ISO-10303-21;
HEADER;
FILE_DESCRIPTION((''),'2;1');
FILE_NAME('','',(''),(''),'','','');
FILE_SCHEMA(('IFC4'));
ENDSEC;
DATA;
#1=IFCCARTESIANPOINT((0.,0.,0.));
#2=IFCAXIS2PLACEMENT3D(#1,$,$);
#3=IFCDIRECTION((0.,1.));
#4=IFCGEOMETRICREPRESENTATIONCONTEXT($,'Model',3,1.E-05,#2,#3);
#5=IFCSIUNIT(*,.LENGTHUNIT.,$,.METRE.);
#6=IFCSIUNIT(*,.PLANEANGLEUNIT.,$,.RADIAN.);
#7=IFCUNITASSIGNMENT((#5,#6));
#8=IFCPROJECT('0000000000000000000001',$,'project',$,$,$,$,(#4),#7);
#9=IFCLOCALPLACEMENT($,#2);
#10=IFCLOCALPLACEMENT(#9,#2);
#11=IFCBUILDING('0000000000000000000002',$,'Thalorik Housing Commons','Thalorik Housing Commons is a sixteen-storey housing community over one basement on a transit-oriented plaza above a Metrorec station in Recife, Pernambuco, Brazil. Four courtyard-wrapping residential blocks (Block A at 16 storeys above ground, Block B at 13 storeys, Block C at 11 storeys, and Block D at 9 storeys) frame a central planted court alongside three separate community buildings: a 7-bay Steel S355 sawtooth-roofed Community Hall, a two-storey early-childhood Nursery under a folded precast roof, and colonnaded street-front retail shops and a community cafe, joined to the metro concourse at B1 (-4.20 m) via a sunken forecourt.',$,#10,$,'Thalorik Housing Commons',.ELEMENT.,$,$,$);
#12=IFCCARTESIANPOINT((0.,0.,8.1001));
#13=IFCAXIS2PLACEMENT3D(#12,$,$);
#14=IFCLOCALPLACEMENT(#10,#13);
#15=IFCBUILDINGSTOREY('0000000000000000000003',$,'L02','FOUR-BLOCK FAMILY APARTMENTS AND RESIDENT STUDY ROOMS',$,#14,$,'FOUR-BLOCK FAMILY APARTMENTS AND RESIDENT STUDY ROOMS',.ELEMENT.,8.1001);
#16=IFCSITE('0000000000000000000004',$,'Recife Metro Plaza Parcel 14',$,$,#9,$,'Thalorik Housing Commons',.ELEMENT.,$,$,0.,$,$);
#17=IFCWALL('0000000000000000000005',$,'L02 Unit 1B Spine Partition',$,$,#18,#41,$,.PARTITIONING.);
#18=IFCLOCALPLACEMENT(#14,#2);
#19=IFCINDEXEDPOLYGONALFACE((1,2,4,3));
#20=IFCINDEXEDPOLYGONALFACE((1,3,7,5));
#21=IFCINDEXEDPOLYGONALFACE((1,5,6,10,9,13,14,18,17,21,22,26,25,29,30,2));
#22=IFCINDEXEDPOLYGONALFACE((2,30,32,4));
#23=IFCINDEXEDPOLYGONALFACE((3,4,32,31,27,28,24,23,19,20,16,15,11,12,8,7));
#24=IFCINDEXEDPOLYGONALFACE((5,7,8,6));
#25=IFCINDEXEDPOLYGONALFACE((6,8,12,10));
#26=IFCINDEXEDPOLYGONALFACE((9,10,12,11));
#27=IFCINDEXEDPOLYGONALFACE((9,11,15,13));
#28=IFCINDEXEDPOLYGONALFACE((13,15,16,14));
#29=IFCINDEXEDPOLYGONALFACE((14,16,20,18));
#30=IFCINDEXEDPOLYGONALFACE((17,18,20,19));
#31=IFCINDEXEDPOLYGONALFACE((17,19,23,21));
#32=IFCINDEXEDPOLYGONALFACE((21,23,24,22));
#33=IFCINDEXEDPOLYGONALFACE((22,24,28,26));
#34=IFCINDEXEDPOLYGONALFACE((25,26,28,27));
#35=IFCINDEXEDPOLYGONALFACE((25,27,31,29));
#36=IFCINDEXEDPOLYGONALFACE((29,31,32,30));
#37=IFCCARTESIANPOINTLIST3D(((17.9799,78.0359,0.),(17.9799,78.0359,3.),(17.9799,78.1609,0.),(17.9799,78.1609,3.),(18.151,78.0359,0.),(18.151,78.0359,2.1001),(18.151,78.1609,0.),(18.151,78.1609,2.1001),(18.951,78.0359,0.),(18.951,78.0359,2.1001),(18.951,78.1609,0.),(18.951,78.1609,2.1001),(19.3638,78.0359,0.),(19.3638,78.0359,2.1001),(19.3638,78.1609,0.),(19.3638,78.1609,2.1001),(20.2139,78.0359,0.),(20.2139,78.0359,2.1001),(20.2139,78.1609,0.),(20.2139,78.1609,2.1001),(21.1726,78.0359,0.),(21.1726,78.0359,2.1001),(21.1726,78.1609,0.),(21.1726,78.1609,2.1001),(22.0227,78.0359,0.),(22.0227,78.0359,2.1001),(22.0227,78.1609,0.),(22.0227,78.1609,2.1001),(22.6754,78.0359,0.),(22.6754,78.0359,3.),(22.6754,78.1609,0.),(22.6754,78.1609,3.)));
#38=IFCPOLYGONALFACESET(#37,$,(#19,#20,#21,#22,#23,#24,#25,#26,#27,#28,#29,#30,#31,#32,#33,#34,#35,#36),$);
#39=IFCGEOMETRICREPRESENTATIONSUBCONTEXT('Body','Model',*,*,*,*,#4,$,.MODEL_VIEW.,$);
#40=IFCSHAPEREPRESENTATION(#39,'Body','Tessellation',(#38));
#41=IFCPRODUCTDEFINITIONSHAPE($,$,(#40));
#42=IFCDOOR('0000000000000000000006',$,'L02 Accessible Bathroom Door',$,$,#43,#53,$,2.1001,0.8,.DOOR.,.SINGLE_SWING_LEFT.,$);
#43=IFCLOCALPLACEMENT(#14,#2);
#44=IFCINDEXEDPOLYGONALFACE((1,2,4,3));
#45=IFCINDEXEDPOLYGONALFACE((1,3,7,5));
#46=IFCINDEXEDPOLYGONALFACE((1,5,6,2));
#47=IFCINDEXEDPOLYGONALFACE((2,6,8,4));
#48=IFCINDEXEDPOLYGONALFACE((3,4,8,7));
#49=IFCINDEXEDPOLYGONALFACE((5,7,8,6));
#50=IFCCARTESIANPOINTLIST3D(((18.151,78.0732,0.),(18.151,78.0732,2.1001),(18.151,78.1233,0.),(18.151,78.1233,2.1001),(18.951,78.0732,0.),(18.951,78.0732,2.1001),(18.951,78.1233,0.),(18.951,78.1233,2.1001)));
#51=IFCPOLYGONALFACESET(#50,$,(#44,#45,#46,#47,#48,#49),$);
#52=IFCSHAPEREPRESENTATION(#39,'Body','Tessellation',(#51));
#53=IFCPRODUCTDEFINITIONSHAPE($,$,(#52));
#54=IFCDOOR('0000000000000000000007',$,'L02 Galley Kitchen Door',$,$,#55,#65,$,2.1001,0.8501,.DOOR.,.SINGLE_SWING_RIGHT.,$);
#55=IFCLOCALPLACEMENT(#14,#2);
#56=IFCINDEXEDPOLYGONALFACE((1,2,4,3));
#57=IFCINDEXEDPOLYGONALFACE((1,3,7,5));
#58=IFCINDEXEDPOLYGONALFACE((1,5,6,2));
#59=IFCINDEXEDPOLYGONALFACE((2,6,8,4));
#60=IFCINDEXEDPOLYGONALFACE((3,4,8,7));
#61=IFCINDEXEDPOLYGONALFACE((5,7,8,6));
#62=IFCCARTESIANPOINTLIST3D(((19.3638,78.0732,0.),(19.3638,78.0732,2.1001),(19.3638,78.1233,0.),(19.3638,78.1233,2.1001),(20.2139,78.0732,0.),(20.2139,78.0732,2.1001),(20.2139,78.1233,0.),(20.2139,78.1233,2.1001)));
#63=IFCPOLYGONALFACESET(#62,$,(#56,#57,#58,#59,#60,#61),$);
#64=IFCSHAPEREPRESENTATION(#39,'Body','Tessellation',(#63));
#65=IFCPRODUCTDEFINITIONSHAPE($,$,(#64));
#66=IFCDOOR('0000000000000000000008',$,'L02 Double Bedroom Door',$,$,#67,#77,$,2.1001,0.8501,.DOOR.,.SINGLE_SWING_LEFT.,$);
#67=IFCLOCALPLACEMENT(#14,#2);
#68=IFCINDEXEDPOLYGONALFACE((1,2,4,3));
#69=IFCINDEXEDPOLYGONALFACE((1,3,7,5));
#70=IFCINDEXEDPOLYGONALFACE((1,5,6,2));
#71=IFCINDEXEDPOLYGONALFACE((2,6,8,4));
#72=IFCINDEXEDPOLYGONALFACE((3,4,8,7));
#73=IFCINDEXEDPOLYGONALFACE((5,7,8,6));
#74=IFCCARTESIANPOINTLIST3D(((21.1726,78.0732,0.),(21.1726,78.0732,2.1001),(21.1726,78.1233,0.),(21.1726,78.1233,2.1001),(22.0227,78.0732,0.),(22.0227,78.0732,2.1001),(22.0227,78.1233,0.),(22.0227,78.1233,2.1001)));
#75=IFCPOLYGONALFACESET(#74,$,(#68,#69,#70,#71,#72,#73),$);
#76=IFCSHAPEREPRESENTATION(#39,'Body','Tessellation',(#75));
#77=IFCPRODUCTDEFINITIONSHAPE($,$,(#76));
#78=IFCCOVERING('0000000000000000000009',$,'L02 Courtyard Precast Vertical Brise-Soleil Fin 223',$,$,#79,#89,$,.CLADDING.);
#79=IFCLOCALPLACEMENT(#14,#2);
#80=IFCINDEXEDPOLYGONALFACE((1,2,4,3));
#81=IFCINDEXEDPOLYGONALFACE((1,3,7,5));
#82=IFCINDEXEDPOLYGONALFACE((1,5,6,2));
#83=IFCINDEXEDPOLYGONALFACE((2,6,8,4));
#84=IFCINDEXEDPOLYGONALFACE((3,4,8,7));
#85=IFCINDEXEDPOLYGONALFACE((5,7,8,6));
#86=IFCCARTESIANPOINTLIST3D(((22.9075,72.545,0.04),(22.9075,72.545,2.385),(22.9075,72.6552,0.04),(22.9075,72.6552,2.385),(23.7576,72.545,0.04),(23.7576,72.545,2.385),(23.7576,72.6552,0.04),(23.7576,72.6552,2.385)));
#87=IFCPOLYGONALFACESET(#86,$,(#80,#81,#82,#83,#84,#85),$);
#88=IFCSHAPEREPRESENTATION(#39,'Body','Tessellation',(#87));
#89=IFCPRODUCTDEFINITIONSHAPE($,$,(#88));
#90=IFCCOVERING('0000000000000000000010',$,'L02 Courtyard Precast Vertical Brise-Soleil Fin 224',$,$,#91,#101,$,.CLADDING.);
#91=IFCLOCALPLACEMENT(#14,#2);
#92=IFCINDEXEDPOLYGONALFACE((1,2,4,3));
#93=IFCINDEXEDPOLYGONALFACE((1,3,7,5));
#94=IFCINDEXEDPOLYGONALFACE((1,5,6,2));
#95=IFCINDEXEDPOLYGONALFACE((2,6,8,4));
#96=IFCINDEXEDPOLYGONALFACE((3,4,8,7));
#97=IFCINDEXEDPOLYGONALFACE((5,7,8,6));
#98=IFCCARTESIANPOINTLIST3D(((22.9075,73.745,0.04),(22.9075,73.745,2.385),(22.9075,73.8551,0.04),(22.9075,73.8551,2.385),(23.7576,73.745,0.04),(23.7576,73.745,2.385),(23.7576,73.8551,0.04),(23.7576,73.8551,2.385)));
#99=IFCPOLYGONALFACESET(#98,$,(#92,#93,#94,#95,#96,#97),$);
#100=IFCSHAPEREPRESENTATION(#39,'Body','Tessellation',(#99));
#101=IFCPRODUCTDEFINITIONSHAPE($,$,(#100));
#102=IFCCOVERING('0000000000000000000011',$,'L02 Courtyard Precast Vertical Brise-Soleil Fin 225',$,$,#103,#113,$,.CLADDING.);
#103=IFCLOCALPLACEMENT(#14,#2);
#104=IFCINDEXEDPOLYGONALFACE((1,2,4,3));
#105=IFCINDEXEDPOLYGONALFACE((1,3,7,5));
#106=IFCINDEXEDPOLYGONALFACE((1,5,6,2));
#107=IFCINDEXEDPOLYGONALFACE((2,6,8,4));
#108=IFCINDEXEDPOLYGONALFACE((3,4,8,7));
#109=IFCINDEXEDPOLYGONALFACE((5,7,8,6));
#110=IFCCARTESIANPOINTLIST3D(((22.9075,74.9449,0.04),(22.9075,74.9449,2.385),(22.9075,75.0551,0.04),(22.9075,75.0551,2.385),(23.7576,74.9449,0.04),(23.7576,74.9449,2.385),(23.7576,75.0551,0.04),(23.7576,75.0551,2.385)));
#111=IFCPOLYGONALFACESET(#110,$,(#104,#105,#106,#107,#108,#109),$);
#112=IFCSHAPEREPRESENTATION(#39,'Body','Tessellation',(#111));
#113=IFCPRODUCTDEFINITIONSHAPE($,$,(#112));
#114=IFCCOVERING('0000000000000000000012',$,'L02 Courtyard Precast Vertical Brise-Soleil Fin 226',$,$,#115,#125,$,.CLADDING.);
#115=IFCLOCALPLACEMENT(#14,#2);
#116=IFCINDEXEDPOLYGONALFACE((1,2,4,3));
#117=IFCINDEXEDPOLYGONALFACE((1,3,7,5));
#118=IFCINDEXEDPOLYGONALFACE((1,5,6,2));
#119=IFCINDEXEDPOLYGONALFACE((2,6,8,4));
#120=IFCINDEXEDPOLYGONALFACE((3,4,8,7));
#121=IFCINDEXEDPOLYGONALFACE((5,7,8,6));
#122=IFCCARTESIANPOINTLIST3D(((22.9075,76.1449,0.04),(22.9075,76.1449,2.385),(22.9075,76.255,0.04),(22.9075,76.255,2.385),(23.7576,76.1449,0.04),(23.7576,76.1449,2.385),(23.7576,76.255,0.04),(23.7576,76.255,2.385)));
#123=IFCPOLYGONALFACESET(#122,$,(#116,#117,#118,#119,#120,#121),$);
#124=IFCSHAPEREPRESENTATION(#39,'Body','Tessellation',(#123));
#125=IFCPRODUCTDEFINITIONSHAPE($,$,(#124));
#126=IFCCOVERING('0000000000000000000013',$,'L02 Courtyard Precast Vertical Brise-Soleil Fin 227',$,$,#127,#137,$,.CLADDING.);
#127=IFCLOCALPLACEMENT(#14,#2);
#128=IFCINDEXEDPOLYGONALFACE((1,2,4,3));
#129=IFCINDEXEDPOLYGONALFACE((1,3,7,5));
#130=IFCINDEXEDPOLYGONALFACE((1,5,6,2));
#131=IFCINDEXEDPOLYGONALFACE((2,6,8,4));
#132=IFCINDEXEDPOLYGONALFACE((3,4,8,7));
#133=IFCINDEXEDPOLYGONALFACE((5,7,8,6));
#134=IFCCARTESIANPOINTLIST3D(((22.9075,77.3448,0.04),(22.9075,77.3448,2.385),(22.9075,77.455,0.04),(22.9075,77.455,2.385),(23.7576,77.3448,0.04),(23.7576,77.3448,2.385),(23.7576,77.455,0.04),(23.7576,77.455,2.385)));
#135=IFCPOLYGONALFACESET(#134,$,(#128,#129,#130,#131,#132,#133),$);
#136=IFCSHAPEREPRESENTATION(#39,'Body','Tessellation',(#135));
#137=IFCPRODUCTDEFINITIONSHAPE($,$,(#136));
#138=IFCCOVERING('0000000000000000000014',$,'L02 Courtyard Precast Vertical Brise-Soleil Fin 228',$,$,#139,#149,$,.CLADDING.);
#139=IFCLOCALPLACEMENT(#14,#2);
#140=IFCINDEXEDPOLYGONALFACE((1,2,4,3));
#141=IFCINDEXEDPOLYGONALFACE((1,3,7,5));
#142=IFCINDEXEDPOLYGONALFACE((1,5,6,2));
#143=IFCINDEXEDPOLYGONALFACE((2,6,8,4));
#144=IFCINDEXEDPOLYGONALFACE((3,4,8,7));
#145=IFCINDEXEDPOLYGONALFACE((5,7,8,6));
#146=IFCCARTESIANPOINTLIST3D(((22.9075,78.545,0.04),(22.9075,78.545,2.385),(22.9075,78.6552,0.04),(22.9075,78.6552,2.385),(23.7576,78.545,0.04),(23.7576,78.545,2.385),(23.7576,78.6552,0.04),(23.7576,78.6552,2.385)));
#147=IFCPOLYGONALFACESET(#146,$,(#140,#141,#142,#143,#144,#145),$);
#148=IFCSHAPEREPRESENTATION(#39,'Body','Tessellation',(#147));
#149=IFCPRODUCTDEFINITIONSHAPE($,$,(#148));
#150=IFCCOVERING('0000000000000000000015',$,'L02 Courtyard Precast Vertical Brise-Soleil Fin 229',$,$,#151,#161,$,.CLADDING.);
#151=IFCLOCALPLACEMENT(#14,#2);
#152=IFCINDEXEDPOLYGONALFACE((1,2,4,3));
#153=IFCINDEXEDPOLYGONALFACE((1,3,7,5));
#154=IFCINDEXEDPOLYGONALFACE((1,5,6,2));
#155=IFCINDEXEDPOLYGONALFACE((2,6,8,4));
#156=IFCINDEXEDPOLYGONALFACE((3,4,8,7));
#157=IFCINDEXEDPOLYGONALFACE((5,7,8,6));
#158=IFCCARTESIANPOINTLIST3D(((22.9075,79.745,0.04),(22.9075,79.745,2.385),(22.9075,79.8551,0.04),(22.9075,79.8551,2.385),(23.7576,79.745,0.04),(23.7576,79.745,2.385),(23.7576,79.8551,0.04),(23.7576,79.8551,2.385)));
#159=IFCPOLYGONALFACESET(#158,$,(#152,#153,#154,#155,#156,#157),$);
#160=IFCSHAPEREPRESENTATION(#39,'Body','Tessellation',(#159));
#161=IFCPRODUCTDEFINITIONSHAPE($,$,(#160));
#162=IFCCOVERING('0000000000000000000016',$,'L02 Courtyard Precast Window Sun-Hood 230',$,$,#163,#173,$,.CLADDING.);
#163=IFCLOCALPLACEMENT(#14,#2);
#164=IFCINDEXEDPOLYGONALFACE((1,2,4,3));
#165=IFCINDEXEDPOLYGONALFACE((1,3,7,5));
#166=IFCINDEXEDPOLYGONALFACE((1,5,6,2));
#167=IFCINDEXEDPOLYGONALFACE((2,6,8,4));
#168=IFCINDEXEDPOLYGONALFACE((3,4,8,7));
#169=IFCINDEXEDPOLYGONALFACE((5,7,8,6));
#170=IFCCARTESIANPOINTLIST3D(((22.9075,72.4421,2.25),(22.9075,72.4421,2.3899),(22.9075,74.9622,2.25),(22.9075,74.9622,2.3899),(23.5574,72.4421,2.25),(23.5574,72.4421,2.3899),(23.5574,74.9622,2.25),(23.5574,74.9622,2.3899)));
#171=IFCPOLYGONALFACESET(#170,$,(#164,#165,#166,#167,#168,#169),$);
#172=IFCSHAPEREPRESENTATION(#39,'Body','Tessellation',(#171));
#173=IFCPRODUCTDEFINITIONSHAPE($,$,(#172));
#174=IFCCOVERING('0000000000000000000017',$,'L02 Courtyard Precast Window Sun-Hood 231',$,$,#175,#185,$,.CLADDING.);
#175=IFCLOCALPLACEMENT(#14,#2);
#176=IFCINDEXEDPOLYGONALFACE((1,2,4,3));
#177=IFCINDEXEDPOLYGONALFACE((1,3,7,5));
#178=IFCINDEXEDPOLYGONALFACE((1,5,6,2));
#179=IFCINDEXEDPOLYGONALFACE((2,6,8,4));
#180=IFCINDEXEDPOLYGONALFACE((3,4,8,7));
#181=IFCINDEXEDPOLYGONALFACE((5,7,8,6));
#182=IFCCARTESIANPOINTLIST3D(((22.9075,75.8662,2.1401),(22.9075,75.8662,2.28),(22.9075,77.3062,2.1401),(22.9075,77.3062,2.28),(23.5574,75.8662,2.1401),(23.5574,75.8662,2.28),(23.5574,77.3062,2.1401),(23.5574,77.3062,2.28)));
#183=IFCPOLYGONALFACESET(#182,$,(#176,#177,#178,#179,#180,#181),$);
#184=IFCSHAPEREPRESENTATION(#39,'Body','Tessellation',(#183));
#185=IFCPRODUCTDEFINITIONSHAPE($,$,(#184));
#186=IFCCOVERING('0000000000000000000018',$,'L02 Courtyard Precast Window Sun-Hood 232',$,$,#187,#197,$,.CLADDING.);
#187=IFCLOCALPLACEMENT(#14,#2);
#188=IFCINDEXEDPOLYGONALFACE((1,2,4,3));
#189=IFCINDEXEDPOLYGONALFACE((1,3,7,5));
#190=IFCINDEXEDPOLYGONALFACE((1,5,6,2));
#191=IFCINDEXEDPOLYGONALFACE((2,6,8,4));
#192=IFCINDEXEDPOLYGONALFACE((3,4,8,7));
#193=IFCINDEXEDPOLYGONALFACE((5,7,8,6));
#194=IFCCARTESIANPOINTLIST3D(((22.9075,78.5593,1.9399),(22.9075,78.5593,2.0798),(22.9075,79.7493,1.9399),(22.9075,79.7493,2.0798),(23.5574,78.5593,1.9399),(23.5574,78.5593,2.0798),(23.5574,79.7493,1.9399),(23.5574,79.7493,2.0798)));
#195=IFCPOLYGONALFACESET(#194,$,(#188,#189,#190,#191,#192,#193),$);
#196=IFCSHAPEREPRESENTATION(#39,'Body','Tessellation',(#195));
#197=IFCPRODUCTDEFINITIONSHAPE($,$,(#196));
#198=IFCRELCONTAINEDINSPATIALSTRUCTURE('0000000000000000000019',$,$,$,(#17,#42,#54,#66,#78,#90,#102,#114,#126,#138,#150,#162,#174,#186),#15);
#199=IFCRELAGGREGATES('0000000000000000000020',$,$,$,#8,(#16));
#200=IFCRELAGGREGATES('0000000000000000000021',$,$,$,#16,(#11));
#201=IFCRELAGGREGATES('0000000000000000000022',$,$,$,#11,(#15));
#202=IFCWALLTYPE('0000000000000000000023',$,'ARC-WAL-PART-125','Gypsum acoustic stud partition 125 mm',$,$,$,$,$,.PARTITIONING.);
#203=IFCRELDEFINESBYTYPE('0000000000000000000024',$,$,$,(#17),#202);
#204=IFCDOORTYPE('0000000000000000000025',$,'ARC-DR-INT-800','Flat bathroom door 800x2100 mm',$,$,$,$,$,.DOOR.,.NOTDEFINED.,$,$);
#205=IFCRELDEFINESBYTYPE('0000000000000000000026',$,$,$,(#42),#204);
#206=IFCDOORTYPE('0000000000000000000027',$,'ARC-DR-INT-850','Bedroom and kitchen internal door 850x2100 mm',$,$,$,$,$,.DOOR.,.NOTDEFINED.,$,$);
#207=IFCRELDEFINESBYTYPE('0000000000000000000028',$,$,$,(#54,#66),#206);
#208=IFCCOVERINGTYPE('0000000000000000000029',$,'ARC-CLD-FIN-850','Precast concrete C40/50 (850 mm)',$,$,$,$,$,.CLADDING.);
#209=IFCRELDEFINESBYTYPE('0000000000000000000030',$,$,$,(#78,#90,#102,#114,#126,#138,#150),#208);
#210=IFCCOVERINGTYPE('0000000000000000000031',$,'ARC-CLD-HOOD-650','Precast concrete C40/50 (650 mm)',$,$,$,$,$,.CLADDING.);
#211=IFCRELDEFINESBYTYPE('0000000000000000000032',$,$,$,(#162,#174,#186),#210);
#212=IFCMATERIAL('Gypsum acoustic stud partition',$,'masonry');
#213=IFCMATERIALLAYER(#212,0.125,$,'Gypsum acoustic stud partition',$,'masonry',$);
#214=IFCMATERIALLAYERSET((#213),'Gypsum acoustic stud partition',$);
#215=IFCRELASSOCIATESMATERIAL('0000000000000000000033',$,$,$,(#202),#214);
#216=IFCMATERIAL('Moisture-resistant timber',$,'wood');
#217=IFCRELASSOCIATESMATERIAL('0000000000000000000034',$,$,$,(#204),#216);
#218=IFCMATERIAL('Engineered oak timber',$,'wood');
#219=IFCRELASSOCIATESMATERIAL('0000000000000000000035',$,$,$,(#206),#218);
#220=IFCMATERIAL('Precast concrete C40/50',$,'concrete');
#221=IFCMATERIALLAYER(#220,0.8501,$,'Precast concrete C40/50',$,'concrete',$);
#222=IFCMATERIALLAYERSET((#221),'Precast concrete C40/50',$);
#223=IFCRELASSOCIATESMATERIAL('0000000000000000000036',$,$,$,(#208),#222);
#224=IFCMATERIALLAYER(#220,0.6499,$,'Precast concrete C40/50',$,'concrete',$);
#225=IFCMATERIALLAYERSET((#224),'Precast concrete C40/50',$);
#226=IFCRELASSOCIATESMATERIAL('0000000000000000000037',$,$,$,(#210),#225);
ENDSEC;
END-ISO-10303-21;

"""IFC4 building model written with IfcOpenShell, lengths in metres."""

from ifc_helpers import new_model, si_unit, direction, frame, frame_2d, origin, origin_2d, place, context, subcontext, project, spatial, rectangle, extrude, material, layer, layer_set, type_object, element, fill, save


model = new_model("IFC4")

# Units and contexts
model_context = context("Model", 3, precision=1e-05, world=origin(), true_north=direction((0.0, 1.0)))
body_context = subcontext(model_context, "Body", "Model", "MODEL_VIEW")
ifc_project = project(units=[si_unit("LENGTHUNIT", "METRE"), si_unit("PLANEANGLEUNIT", "RADIAN")], contexts=[model_context])

# Site, building, storey
site_placement = place(None, origin())
site = spatial("IfcSite", under=ifc_project, at=site_placement, Name="Recife Metro Plaza Parcel 14", LongName="Thalorik Housing Commons", CompositionType="ELEMENT", RefElevation=0.0)
building_placement = place(site_placement, origin())
building = spatial("IfcBuilding", under=site, at=building_placement, Name="Thalorik Housing Commons", Description="Thalorik Housing Commons is a sixteen-storey housing community over one basement on a transit-oriented plaza above a Metrorec station in Recife, Pernambuco, Brazil. Four courtyard-wrapping residential blocks (Block A at 16 storeys above ground, Block B at 13 storeys, Block C at 11 storeys, and Block D at 9 storeys) frame a central planted court alongside three separate community buildings: a 7-bay Steel S355 sawtooth-roofed Community Hall, a two-storey early-childhood Nursery under a folded precast roof, and colonnaded street-front retail shops and a community cafe, joined to the metro concourse at B1 (-4.20 m) via a sunken forecourt.", LongName="Thalorik Housing Commons", CompositionType="ELEMENT")
storey_placement = place(building_placement, frame((0.0, 0.0, 8.1001)))
storey = spatial("IfcBuildingStorey", under=building, at=storey_placement, Name="L02", Description="FOUR-BLOCK FAMILY APARTMENTS AND RESIDENT STUDY ROOMS", LongName="FOUR-BLOCK FAMILY APARTMENTS AND RESIDENT STUDY ROOMS", CompositionType="ELEMENT", Elevation=8.1001)

# Shared definitions
ifc_material_1 = material(Name="Precast concrete C40/50", Category="concrete")

# Wall, openings, doors
ifc_material_2 = material(Name="Gypsum acoustic stud partition", Category="masonry")
ifc_layer_1 = layer(ifc_material_2, 0.125, Name="Gypsum acoustic stud partition", Category="masonry")
ifc_layer_set_1 = layer_set([ifc_layer_1], Name="Gypsum acoustic stud partition")
wall_type_1 = type_object("IfcWallType", Name="ARC-WAL-PART-125", Description="Gypsum acoustic stud partition 125 mm", PredefinedType="PARTITIONING", material=ifc_layer_set_1)
wall_1_placement = place(storey_placement, frame((17.98, 78.0984, 0.0), z_axis=(0.0, 0.0, 1.0), x_axis=(1.0, 0.0, 0.0)))
wall_1 = element("IfcWall", 1, at=wall_1_placement, inside=storey, type_object=wall_type_1, Name="L02 Unit 1B Spine Partition", PredefinedType="PARTITIONING", context=body_context, shape_type="SweptSolid", body=[
    extrude(rectangle(XDim=4.6956, YDim=0.125, at=frame_2d((2.3477, 0.0))), origin(), (0.0, 0.0, 1.0), 3.0),
])
opening_1_placement = place(wall_1_placement, frame((0.1711, 0.0, 0.0)))
opening_1 = element("IfcOpeningElement", 2, at=opening_1_placement, cuts=wall_1, PredefinedType="OPENING", context=body_context, shape_type="SweptSolid", body=[
    extrude(rectangle(XDim=0.8, YDim=2.1001, at=frame_2d((0.3999, 1.05))), frame((0.0, 0.0725, 0.0), z_axis=(0.0, -1.0, 0.0), x_axis=(1.0, 0.0, 0.0)), (0.0, 0.0, 1.0), 0.145),
])
opening_2_placement = place(wall_1_placement, frame((1.3838, 0.0, 0.0)))
opening_2 = element("IfcOpeningElement", 3, at=opening_2_placement, cuts=wall_1, PredefinedType="OPENING", context=body_context, shape_type="SweptSolid", body=[
    extrude(rectangle(XDim=0.8501, YDim=2.1001, at=frame_2d((0.425, 1.05))), frame((0.0, 0.0725, 0.0), z_axis=(0.0, -1.0, 0.0), x_axis=(1.0, 0.0, 0.0)), (0.0, 0.0, 1.0), 0.145),
])
opening_3_placement = place(wall_1_placement, frame((3.1926, 0.0, 0.0)))
opening_3 = element("IfcOpeningElement", 4, at=opening_3_placement, cuts=wall_1, PredefinedType="OPENING", context=body_context, shape_type="SweptSolid", body=[
    extrude(rectangle(XDim=0.8501, YDim=2.1001, at=frame_2d((0.425, 1.05))), frame((0.0, 0.0725, 0.0), z_axis=(0.0, -1.0, 0.0), x_axis=(1.0, 0.0, 0.0)), (0.0, 0.0, 1.0), 0.145),
])
ifc_material_3 = material(Name="Moisture-resistant timber", Category="wood")
door_type_1 = type_object("IfcDoorType", Name="ARC-DR-INT-800", Description="Flat bathroom door 800x2100 mm", OperationType="NOTDEFINED", PredefinedType="DOOR", material=ifc_material_3)
door_1_placement = place(opening_1_placement, origin())
door_1 = element("IfcDoor", 5, at=door_1_placement, inside=storey, type_object=door_type_1, Name="L02 Accessible Bathroom Door", OperationType="SINGLE_SWING_LEFT", OverallHeight=2.1001, OverallWidth=0.8, PredefinedType="DOOR", context=body_context, shape_type="SweptSolid", body=[
    extrude(rectangle(XDim=0.8, YDim=2.1001, at=frame_2d((0.3999, 1.05))), frame((0.0, 0.0249, 0.0), z_axis=(0.0, -1.0, 0.0), x_axis=(1.0, 0.0, 0.0)), (0.0, 0.0, 1.0), 0.05),
])
fill(opening_1, door_1)
ifc_material_4 = material(Name="Engineered oak timber", Category="wood")
door_type_2 = type_object("IfcDoorType", Name="ARC-DR-INT-850", Description="Bedroom and kitchen internal door 850x2100 mm", OperationType="NOTDEFINED", PredefinedType="DOOR", material=ifc_material_4)
door_2_placement = place(opening_2_placement, origin())
door_2 = element("IfcDoor", 6, at=door_2_placement, inside=storey, type_object=door_type_2, Name="L02 Galley Kitchen Door", OperationType="SINGLE_SWING_RIGHT", OverallHeight=2.1001, OverallWidth=0.8501, PredefinedType="DOOR", context=body_context, shape_type="SweptSolid", body=[
    extrude(rectangle(XDim=0.8501, YDim=2.1001, at=frame_2d((0.425, 1.05))), frame((0.0, 0.0249, 0.0), z_axis=(0.0, -1.0, 0.0), x_axis=(1.0, 0.0, 0.0)), (0.0, 0.0, 1.0), 0.05),
])
fill(opening_2, door_2)
door_3_placement = place(opening_3_placement, origin())
door_3 = element("IfcDoor", 7, at=door_3_placement, inside=storey, type_object=door_type_2, Name="L02 Double Bedroom Door", OperationType="SINGLE_SWING_LEFT", OverallHeight=2.1001, OverallWidth=0.8501, PredefinedType="DOOR", context=body_context, shape_type="SweptSolid", body=[
    extrude(rectangle(XDim=0.8501, YDim=2.1001, at=frame_2d((0.425, 1.05))), frame((0.0, 0.0249, 0.0), z_axis=(0.0, -1.0, 0.0), x_axis=(1.0, 0.0, 0.0)), (0.0, 0.0, 1.0), 0.05),
])
fill(opening_3, door_3)

# Coverings
ifc_layer_2 = layer(ifc_material_1, 0.8501, Name="Precast concrete C40/50", Category="concrete")
ifc_layer_set_2 = layer_set([ifc_layer_2], Name="Precast concrete C40/50")
covering_type_1 = type_object("IfcCoveringType", Name="ARC-CLD-FIN-850", Description="Precast concrete C40/50 (850 mm)", PredefinedType="CLADDING", material=ifc_layer_set_2)
for number, where, z_axis, x_axis, name in (
    (8, (23.3325, 72.6001, 0.04), (0.0, 0.0, 1.0), (0.0, 1.0, 0.0), "L02 Courtyard Precast Vertical Brise-Soleil Fin 223"),
    (9, (23.3325, 73.8, 0.04), (0.0, 0.0, 1.0), (0.0, 1.0, 0.0), "L02 Courtyard Precast Vertical Brise-Soleil Fin 224"),
    (10, (23.3325, 75.0, 0.04), (0.0, 0.0, 1.0), (0.0, 1.0, 0.0), "L02 Courtyard Precast Vertical Brise-Soleil Fin 225"),
    (11, (23.3325, 76.2, 0.04), (0.0, 0.0, 1.0), (0.0, 1.0, 0.0), "L02 Courtyard Precast Vertical Brise-Soleil Fin 226"),
    (12, (23.3325, 77.3999, 0.04), (0.0, 0.0, 1.0), (0.0, 1.0, 0.0), "L02 Courtyard Precast Vertical Brise-Soleil Fin 227"),
    (13, (23.3325, 78.6001, 0.04), (0.0, 0.0, 1.0), (0.0, 1.0, 0.0), "L02 Courtyard Precast Vertical Brise-Soleil Fin 228"),
    (14, (23.3325, 79.8, 0.04), (0.0, 0.0, 1.0), (0.0, 1.0, 0.0), "L02 Courtyard Precast Vertical Brise-Soleil Fin 229"),
):
    element("IfcCovering", number, at=place(storey_placement, frame(where, z_axis=z_axis, x_axis=x_axis)), inside=storey, type_object=covering_type_1, Name=name, PredefinedType="CLADDING", context=body_context, shape_type="SweptSolid", body=[
        extrude(rectangle(XDim=0.1101, YDim=0.8501, at=origin_2d()), origin(), (0.0, 0.0, 1.0), 2.345),
    ])
ifc_layer_3 = layer(ifc_material_1, 0.6499, Name="Precast concrete C40/50", Category="concrete")
ifc_layer_set_3 = layer_set([ifc_layer_3], Name="Precast concrete C40/50")
covering_type_2 = type_object("IfcCoveringType", Name="ARC-CLD-HOOD-650", Description="Precast concrete C40/50 (650 mm)", PredefinedType="CLADDING", material=ifc_layer_set_3)
covering_1_placement = place(storey_placement, frame((23.2324, 73.7021, 2.25), z_axis=(0.0, 0.0, 1.0), x_axis=(0.0, 1.0, 0.0)))
element("IfcCovering", 15, at=covering_1_placement, inside=storey, type_object=covering_type_2, Name="L02 Courtyard Precast Window Sun-Hood 230", PredefinedType="CLADDING", context=body_context, shape_type="SweptSolid", body=[
    extrude(rectangle(XDim=2.52, YDim=0.6499, at=origin_2d()), origin(), (0.0, 0.0, 1.0), 0.1399),
])
covering_2_placement = place(storey_placement, frame((23.2324, 76.5862, 2.1401), z_axis=(0.0, 0.0, 1.0), x_axis=(0.0, 1.0, 0.0)))
element("IfcCovering", 16, at=covering_2_placement, inside=storey, type_object=covering_type_2, Name="L02 Courtyard Precast Window Sun-Hood 231", PredefinedType="CLADDING", context=body_context, shape_type="SweptSolid", body=[
    extrude(rectangle(XDim=1.4399, YDim=0.6499, at=origin_2d()), origin(), (0.0, 0.0, 1.0), 0.1399),
])
covering_3_placement = place(storey_placement, frame((23.2324, 79.1543, 1.9399), z_axis=(0.0, 0.0, 1.0), x_axis=(0.0, 1.0, 0.0)))
element("IfcCovering", 17, at=covering_3_placement, inside=storey, type_object=covering_type_2, Name="L02 Courtyard Precast Window Sun-Hood 232", PredefinedType="CLADDING", context=body_context, shape_type="SweptSolid", body=[
    extrude(rectangle(XDim=1.1899, YDim=0.6499, at=origin_2d()), origin(), (0.0, 0.0, 1.0), 0.1399),
])

save(model, "model.ifc")
